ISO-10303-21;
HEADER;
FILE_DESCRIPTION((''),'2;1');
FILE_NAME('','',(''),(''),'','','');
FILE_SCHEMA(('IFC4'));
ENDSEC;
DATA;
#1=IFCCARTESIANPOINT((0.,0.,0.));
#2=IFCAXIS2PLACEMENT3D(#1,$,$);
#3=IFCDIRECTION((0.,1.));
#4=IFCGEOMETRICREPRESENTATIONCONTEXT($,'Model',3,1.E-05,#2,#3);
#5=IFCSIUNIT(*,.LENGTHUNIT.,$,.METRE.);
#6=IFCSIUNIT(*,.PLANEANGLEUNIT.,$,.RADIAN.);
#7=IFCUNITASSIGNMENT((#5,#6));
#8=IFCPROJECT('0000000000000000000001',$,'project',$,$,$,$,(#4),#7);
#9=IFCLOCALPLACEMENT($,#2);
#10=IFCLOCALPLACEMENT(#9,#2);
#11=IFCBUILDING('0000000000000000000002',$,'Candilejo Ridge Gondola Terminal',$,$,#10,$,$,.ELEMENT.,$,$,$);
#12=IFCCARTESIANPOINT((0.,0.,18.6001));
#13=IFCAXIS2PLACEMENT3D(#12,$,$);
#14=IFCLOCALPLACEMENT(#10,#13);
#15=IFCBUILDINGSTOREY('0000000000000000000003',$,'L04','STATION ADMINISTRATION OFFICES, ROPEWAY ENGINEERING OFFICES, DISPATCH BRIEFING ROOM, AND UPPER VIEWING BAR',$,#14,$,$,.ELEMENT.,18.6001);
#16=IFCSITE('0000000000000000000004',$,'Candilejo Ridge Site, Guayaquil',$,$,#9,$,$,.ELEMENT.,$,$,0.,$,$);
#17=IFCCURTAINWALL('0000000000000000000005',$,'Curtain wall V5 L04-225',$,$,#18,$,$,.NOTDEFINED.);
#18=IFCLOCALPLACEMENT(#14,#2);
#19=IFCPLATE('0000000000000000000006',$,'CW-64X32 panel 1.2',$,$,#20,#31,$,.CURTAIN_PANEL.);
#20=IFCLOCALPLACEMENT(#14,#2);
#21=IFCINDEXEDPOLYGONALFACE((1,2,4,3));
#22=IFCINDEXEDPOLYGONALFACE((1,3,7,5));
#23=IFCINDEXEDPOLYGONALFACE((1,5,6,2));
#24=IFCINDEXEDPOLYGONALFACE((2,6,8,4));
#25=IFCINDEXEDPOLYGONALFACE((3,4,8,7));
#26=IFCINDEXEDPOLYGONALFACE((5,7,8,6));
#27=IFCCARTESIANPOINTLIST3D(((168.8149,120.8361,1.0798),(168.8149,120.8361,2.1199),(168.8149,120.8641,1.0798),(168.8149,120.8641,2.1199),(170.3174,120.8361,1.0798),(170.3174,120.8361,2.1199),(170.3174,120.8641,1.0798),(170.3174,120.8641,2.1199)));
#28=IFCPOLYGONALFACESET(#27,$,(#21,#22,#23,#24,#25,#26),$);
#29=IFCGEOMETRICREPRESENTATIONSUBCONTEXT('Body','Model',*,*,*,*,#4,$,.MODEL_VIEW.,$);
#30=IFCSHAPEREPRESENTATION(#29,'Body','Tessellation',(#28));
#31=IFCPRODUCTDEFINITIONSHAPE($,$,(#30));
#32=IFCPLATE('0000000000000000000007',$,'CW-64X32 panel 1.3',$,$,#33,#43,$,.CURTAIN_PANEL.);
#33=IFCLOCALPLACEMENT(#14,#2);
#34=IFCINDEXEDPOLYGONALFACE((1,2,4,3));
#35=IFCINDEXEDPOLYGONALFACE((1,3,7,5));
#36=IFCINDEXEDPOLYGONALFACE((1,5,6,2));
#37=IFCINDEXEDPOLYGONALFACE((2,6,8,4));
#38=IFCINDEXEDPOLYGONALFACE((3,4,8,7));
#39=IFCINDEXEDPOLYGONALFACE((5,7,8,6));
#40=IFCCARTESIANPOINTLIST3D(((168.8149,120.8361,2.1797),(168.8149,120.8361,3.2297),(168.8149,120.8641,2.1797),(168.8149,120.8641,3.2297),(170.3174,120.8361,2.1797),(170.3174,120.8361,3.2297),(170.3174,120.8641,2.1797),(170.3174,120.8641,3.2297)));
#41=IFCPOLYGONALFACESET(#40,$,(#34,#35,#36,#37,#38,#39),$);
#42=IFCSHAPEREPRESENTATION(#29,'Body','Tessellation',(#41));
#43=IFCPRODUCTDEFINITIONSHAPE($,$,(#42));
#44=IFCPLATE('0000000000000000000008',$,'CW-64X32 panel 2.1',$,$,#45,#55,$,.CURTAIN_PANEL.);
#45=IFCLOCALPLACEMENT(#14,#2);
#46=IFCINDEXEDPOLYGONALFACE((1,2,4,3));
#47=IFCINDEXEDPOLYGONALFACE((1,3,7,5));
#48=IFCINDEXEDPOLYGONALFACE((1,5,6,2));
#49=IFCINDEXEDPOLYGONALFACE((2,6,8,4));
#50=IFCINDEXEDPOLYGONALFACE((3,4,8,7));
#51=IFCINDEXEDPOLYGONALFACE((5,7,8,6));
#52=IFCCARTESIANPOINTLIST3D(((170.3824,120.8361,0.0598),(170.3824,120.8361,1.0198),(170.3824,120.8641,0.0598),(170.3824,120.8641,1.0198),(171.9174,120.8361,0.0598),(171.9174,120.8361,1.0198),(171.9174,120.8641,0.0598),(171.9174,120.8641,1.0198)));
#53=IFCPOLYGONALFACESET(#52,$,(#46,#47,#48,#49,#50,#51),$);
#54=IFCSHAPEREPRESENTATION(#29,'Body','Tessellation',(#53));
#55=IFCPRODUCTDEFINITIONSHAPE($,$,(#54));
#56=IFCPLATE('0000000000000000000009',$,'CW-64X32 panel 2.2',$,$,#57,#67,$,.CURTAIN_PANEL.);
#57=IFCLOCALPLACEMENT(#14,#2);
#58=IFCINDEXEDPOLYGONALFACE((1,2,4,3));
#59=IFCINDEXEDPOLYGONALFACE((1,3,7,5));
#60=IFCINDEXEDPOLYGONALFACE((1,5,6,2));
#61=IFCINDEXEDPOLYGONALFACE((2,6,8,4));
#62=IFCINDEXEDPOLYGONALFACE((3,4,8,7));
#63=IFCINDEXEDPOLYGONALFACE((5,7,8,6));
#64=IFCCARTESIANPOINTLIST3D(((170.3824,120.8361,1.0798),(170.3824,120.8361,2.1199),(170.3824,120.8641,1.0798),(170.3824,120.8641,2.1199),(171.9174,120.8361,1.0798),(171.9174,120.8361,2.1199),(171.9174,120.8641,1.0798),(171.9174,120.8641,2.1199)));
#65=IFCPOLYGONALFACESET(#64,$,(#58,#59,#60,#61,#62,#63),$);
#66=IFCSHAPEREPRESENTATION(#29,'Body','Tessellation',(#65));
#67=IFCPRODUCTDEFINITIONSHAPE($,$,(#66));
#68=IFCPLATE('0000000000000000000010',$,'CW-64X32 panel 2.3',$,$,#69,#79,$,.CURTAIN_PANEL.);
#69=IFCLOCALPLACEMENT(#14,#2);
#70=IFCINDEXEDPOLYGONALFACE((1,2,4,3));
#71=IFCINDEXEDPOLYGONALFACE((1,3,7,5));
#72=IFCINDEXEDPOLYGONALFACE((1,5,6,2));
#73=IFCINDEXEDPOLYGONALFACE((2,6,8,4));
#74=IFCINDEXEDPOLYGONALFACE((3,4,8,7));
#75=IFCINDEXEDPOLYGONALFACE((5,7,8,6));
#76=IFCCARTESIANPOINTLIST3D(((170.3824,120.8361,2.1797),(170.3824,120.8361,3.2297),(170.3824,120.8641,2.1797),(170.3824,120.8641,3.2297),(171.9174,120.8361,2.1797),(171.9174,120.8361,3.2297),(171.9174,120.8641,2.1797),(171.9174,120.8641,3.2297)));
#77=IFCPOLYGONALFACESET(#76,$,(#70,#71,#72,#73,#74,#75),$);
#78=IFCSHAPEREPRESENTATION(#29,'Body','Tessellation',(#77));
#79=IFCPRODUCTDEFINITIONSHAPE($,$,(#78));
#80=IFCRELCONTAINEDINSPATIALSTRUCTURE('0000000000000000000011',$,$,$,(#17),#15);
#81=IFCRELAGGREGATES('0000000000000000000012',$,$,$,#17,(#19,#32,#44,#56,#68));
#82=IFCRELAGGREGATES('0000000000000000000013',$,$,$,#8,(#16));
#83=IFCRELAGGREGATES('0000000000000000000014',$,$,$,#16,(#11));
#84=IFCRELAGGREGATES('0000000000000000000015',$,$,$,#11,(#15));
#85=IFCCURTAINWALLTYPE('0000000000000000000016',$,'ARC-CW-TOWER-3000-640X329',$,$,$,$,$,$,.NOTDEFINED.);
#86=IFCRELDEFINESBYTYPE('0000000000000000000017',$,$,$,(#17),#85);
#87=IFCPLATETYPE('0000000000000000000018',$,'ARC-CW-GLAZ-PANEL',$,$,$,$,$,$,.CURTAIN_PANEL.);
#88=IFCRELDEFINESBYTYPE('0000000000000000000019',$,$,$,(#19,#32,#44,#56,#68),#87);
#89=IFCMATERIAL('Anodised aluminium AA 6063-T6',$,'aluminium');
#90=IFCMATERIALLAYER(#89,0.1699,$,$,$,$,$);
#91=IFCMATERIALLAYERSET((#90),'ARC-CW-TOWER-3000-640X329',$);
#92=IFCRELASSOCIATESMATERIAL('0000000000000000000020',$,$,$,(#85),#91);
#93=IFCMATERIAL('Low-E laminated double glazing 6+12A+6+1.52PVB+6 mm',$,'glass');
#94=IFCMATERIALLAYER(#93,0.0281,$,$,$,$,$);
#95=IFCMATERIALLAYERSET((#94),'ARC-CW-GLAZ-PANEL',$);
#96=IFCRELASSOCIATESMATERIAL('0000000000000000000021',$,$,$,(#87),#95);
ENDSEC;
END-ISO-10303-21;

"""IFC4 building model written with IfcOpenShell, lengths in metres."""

from ifc_helpers import new_model, si_unit, direction, frame, origin, origin_2d, place, context, subcontext, project, spatial, rectangle, extrude, material, layer, layer_set, type_object, element, aggregate, save


model = new_model("IFC4")

# Units and contexts
model_context = context("Model", 3, precision=1e-05, world=origin(), true_north=direction((0.0, 1.0)))
body_context = subcontext(model_context, "Body", "Model", "MODEL_VIEW")
ifc_project = project(units=[si_unit("LENGTHUNIT", "METRE"), si_unit("PLANEANGLEUNIT", "RADIAN")], contexts=[model_context])

# Site, building, storey
site_placement = place(None, origin())
site = spatial("IfcSite", under=ifc_project, at=site_placement, Name="Candilejo Ridge Site, Guayaquil", CompositionType="ELEMENT", RefElevation=0.0)
building_placement = place(site_placement, origin())
building = spatial("IfcBuilding", under=site, at=building_placement, Name="Candilejo Ridge Gondola Terminal", CompositionType="ELEMENT")
storey_placement = place(building_placement, frame((0.0, 0.0, 18.6001)))
storey = spatial("IfcBuildingStorey", under=building, at=storey_placement, Name="L04", Description="STATION ADMINISTRATION OFFICES, ROPEWAY ENGINEERING OFFICES, DISPATCH BRIEFING ROOM, AND UPPER VIEWING BAR", CompositionType="ELEMENT", Elevation=18.6001)

# Curtain wall
ifc_material_1 = material(Name="Anodised aluminium AA 6063-T6", Category="aluminium")
ifc_layer_1 = layer(ifc_material_1, 0.1699)
ifc_layer_set_1 = layer_set([ifc_layer_1], Name="ARC-CW-TOWER-3000-640X329")
curtain_wall_type_1 = type_object("IfcCurtainWallType", Name="ARC-CW-TOWER-3000-640X329", PredefinedType="NOTDEFINED", material=ifc_layer_set_1)
curtain_wall_1_placement = place(storey_placement, origin())
curtain_wall_1 = element("IfcCurtainWall", 1, at=curtain_wall_1_placement, inside=storey, type_object=curtain_wall_type_1, Name="Curtain wall V5 L04-225", PredefinedType="NOTDEFINED")

# Plates
ifc_material_2 = material(Name="Low-E laminated double glazing 6+12A+6+1.52PVB+6 mm", Category="glass")
ifc_layer_2 = layer(ifc_material_2, 0.0281)
ifc_layer_set_2 = layer_set([ifc_layer_2], Name="ARC-CW-GLAZ-PANEL")
plate_type = type_object("IfcPlateType", Name="ARC-CW-GLAZ-PANEL", PredefinedType="CURTAIN_PANEL", material=ifc_layer_set_2)
plate_1_placement = place(storey_placement, frame((169.5662, 120.8501, 1.0798), z_axis=(0.0, 0.0, 1.0), x_axis=(1.0, 0.0, 0.0)))
plate_1 = element("IfcPlate", 2, at=plate_1_placement, type_object=plate_type, Name="CW-64X32 panel 1.2", PredefinedType="CURTAIN_PANEL", context=body_context, shape_type="SweptSolid", body=[
    extrude(rectangle(XDim=1.5024, YDim=0.0281, at=origin_2d()), origin(), (0.0, 0.0, 1.0), 1.04),
])
plate_2_placement = place(storey_placement, frame((169.5662, 120.8501, 2.1797), z_axis=(0.0, 0.0, 1.0), x_axis=(1.0, 0.0, 0.0)))
plate_2 = element("IfcPlate", 3, at=plate_2_placement, type_object=plate_type, Name="CW-64X32 panel 1.3", PredefinedType="CURTAIN_PANEL", context=body_context, shape_type="SweptSolid", body=[
    extrude(rectangle(XDim=1.5024, YDim=0.0281, at=origin_2d()), origin(), (0.0, 0.0, 1.0), 1.05),
])
plate_3_placement = place(storey_placement, frame((171.1499, 120.8501, 0.0598), z_axis=(0.0, 0.0, 1.0), x_axis=(1.0, 0.0, 0.0)))
plate_3 = element("IfcPlate", 4, at=plate_3_placement, type_object=plate_type, Name="CW-64X32 panel 2.1", PredefinedType="CURTAIN_PANEL", context=body_context, shape_type="SweptSolid", body=[
    extrude(rectangle(XDim=1.5349, YDim=0.0281, at=origin_2d()), origin(), (0.0, 0.0, 1.0), 0.96),
])
plate_4_placement = place(storey_placement, frame((171.1499, 120.8501, 1.0798), z_axis=(0.0, 0.0, 1.0), x_axis=(1.0, 0.0, 0.0)))
plate_4 = element("IfcPlate", 5, at=plate_4_placement, type_object=plate_type, Name="CW-64X32 panel 2.2", PredefinedType="CURTAIN_PANEL", context=body_context, shape_type="SweptSolid", body=[
    extrude(rectangle(XDim=1.5349, YDim=0.0281, at=origin_2d()), origin(), (0.0, 0.0, 1.0), 1.04),
])
plate_5_placement = place(storey_placement, frame((171.1499, 120.8501, 2.1797), z_axis=(0.0, 0.0, 1.0), x_axis=(1.0, 0.0, 0.0)))
plate_5 = element("IfcPlate", 6, at=plate_5_placement, type_object=plate_type, Name="CW-64X32 panel 2.3", PredefinedType="CURTAIN_PANEL", context=body_context, shape_type="SweptSolid", body=[
    extrude(rectangle(XDim=1.5349, YDim=0.0281, at=origin_2d()), origin(), (0.0, 0.0, 1.0), 1.05),
])
aggregate(curtain_wall_1, [plate_1, plate_2, plate_3, plate_4, plate_5])

save(model, "model.ifc")
